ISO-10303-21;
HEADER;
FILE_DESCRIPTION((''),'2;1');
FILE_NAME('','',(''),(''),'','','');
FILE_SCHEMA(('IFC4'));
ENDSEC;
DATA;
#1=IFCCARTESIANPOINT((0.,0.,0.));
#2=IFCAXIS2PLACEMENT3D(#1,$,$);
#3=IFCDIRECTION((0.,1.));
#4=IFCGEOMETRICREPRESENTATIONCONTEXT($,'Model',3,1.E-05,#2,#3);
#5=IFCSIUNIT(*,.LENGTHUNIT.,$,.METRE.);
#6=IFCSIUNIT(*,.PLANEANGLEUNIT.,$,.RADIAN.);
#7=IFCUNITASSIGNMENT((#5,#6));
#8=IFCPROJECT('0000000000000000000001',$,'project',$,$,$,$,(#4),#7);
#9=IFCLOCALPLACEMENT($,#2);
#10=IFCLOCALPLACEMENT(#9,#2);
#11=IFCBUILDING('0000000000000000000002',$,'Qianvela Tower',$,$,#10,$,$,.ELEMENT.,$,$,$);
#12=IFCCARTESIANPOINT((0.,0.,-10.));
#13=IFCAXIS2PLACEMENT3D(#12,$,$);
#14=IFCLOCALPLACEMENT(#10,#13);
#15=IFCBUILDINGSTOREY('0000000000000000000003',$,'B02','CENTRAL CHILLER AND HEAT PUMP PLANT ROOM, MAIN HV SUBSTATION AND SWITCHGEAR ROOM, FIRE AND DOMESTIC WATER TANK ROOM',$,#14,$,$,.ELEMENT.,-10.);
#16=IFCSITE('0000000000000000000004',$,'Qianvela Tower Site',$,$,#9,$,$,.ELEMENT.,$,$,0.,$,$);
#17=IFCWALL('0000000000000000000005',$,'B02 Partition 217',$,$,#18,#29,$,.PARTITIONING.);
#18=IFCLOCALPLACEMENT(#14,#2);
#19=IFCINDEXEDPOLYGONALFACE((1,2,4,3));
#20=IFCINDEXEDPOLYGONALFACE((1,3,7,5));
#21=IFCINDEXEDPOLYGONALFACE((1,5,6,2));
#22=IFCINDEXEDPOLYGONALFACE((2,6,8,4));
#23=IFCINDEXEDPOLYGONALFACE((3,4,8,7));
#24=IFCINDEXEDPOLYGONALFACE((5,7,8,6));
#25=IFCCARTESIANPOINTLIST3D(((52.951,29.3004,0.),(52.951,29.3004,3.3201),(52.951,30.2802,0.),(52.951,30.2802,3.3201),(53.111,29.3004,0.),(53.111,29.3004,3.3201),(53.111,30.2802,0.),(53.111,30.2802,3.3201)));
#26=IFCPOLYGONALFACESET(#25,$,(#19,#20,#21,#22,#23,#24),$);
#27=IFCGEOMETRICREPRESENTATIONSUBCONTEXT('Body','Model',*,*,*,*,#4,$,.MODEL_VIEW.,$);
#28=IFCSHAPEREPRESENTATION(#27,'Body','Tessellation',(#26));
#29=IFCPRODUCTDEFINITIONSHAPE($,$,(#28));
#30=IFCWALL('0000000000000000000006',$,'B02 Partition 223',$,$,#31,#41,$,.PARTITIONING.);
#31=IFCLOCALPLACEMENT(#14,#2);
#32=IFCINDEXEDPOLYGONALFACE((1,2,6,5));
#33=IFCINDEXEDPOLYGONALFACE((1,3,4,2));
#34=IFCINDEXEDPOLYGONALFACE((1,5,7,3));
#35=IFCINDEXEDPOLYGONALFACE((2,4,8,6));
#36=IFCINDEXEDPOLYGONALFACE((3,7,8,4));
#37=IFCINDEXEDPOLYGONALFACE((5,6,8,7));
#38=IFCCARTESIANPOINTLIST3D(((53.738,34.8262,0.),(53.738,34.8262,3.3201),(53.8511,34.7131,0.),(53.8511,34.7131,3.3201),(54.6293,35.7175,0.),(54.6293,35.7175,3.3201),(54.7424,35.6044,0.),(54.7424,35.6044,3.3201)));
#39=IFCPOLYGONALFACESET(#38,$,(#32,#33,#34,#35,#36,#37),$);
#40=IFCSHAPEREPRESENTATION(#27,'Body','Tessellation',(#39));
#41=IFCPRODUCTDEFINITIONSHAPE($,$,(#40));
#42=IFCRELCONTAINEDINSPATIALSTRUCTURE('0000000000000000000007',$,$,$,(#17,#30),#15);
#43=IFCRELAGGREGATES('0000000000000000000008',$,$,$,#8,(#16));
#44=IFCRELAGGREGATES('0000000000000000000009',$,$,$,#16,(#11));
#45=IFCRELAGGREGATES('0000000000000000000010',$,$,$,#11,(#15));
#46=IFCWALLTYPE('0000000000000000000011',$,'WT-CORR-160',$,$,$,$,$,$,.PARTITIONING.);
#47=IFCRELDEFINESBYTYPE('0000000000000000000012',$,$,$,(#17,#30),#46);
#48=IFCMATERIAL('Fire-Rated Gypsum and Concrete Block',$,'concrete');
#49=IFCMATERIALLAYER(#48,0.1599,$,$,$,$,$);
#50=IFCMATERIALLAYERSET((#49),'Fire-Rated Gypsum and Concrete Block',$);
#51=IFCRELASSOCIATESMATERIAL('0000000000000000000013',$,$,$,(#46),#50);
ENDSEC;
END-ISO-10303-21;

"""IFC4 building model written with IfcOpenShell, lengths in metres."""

from ifc_helpers import new_model, si_unit, direction, frame, frame_2d, origin, place, context, subcontext, project, spatial, rectangle, extrude, material, layer, layer_set, type_object, element, save


model = new_model("IFC4")

# Units and contexts
model_context = context("Model", 3, precision=1e-05, world=origin(), true_north=direction((0.0, 1.0)))
body_context = subcontext(model_context, "Body", "Model", "MODEL_VIEW")
ifc_project = project(units=[si_unit("LENGTHUNIT", "METRE"), si_unit("PLANEANGLEUNIT", "RADIAN")], contexts=[model_context])

# Site, building, storey
site_placement = place(None, origin())
site = spatial("IfcSite", under=ifc_project, at=site_placement, Name="Qianvela Tower Site", CompositionType="ELEMENT", RefElevation=0.0)
building_placement = place(site_placement, origin())
building = spatial("IfcBuilding", under=site, at=building_placement, Name="Qianvela Tower", CompositionType="ELEMENT")
storey_placement = place(building_placement, frame((0.0, 0.0, -10.0)))
storey = spatial("IfcBuildingStorey", under=building, at=storey_placement, Name="B02", Description="CENTRAL CHILLER AND HEAT PUMP PLANT ROOM, MAIN HV SUBSTATION AND SWITCHGEAR ROOM, FIRE AND DOMESTIC WATER TANK ROOM", CompositionType="ELEMENT", Elevation=-10.0)

# Walls
ifc_material_1 = material(Name="Fire-Rated Gypsum and Concrete Block", Category="concrete")
ifc_layer = layer(ifc_material_1, 0.1599)
ifc_layer_set = layer_set([ifc_layer], Name="Fire-Rated Gypsum and Concrete Block")
wall_type = type_object("IfcWallType", Name="WT-CORR-160", PredefinedType="PARTITIONING", material=ifc_layer_set)
wall_1_placement = place(storey_placement, frame((53.031, 29.3005, 0.0), z_axis=(0.0, 0.0, 1.0), x_axis=(0.0, 1.0, 0.0)))
element("IfcWall", 1, at=wall_1_placement, inside=storey, type_object=wall_type, Name="B02 Partition 217", PredefinedType="PARTITIONING", context=body_context, shape_type="SweptSolid", body=[
    extrude(rectangle(XDim=0.9797, YDim=0.1599, at=frame_2d((0.4897, 0.0))), origin(), (0.0, 0.0, 1.0), 3.3201),
])
wall_2_placement = place(storey_placement, frame((53.7944, 34.7695, 0.0), z_axis=(0.0, 0.0, 1.0), x_axis=(0.707107, 0.707107, 0.0)))
element("IfcWall", 2, at=wall_2_placement, inside=storey, type_object=wall_type, Name="B02 Partition 223", PredefinedType="PARTITIONING", context=body_context, shape_type="SweptSolid", body=[
    extrude(rectangle(XDim=1.2605, YDim=0.1599, at=frame_2d((0.6304, 0.0))), origin(), (0.0, 0.0, 1.0), 3.3201),
])

save(model, "model.ifc")
